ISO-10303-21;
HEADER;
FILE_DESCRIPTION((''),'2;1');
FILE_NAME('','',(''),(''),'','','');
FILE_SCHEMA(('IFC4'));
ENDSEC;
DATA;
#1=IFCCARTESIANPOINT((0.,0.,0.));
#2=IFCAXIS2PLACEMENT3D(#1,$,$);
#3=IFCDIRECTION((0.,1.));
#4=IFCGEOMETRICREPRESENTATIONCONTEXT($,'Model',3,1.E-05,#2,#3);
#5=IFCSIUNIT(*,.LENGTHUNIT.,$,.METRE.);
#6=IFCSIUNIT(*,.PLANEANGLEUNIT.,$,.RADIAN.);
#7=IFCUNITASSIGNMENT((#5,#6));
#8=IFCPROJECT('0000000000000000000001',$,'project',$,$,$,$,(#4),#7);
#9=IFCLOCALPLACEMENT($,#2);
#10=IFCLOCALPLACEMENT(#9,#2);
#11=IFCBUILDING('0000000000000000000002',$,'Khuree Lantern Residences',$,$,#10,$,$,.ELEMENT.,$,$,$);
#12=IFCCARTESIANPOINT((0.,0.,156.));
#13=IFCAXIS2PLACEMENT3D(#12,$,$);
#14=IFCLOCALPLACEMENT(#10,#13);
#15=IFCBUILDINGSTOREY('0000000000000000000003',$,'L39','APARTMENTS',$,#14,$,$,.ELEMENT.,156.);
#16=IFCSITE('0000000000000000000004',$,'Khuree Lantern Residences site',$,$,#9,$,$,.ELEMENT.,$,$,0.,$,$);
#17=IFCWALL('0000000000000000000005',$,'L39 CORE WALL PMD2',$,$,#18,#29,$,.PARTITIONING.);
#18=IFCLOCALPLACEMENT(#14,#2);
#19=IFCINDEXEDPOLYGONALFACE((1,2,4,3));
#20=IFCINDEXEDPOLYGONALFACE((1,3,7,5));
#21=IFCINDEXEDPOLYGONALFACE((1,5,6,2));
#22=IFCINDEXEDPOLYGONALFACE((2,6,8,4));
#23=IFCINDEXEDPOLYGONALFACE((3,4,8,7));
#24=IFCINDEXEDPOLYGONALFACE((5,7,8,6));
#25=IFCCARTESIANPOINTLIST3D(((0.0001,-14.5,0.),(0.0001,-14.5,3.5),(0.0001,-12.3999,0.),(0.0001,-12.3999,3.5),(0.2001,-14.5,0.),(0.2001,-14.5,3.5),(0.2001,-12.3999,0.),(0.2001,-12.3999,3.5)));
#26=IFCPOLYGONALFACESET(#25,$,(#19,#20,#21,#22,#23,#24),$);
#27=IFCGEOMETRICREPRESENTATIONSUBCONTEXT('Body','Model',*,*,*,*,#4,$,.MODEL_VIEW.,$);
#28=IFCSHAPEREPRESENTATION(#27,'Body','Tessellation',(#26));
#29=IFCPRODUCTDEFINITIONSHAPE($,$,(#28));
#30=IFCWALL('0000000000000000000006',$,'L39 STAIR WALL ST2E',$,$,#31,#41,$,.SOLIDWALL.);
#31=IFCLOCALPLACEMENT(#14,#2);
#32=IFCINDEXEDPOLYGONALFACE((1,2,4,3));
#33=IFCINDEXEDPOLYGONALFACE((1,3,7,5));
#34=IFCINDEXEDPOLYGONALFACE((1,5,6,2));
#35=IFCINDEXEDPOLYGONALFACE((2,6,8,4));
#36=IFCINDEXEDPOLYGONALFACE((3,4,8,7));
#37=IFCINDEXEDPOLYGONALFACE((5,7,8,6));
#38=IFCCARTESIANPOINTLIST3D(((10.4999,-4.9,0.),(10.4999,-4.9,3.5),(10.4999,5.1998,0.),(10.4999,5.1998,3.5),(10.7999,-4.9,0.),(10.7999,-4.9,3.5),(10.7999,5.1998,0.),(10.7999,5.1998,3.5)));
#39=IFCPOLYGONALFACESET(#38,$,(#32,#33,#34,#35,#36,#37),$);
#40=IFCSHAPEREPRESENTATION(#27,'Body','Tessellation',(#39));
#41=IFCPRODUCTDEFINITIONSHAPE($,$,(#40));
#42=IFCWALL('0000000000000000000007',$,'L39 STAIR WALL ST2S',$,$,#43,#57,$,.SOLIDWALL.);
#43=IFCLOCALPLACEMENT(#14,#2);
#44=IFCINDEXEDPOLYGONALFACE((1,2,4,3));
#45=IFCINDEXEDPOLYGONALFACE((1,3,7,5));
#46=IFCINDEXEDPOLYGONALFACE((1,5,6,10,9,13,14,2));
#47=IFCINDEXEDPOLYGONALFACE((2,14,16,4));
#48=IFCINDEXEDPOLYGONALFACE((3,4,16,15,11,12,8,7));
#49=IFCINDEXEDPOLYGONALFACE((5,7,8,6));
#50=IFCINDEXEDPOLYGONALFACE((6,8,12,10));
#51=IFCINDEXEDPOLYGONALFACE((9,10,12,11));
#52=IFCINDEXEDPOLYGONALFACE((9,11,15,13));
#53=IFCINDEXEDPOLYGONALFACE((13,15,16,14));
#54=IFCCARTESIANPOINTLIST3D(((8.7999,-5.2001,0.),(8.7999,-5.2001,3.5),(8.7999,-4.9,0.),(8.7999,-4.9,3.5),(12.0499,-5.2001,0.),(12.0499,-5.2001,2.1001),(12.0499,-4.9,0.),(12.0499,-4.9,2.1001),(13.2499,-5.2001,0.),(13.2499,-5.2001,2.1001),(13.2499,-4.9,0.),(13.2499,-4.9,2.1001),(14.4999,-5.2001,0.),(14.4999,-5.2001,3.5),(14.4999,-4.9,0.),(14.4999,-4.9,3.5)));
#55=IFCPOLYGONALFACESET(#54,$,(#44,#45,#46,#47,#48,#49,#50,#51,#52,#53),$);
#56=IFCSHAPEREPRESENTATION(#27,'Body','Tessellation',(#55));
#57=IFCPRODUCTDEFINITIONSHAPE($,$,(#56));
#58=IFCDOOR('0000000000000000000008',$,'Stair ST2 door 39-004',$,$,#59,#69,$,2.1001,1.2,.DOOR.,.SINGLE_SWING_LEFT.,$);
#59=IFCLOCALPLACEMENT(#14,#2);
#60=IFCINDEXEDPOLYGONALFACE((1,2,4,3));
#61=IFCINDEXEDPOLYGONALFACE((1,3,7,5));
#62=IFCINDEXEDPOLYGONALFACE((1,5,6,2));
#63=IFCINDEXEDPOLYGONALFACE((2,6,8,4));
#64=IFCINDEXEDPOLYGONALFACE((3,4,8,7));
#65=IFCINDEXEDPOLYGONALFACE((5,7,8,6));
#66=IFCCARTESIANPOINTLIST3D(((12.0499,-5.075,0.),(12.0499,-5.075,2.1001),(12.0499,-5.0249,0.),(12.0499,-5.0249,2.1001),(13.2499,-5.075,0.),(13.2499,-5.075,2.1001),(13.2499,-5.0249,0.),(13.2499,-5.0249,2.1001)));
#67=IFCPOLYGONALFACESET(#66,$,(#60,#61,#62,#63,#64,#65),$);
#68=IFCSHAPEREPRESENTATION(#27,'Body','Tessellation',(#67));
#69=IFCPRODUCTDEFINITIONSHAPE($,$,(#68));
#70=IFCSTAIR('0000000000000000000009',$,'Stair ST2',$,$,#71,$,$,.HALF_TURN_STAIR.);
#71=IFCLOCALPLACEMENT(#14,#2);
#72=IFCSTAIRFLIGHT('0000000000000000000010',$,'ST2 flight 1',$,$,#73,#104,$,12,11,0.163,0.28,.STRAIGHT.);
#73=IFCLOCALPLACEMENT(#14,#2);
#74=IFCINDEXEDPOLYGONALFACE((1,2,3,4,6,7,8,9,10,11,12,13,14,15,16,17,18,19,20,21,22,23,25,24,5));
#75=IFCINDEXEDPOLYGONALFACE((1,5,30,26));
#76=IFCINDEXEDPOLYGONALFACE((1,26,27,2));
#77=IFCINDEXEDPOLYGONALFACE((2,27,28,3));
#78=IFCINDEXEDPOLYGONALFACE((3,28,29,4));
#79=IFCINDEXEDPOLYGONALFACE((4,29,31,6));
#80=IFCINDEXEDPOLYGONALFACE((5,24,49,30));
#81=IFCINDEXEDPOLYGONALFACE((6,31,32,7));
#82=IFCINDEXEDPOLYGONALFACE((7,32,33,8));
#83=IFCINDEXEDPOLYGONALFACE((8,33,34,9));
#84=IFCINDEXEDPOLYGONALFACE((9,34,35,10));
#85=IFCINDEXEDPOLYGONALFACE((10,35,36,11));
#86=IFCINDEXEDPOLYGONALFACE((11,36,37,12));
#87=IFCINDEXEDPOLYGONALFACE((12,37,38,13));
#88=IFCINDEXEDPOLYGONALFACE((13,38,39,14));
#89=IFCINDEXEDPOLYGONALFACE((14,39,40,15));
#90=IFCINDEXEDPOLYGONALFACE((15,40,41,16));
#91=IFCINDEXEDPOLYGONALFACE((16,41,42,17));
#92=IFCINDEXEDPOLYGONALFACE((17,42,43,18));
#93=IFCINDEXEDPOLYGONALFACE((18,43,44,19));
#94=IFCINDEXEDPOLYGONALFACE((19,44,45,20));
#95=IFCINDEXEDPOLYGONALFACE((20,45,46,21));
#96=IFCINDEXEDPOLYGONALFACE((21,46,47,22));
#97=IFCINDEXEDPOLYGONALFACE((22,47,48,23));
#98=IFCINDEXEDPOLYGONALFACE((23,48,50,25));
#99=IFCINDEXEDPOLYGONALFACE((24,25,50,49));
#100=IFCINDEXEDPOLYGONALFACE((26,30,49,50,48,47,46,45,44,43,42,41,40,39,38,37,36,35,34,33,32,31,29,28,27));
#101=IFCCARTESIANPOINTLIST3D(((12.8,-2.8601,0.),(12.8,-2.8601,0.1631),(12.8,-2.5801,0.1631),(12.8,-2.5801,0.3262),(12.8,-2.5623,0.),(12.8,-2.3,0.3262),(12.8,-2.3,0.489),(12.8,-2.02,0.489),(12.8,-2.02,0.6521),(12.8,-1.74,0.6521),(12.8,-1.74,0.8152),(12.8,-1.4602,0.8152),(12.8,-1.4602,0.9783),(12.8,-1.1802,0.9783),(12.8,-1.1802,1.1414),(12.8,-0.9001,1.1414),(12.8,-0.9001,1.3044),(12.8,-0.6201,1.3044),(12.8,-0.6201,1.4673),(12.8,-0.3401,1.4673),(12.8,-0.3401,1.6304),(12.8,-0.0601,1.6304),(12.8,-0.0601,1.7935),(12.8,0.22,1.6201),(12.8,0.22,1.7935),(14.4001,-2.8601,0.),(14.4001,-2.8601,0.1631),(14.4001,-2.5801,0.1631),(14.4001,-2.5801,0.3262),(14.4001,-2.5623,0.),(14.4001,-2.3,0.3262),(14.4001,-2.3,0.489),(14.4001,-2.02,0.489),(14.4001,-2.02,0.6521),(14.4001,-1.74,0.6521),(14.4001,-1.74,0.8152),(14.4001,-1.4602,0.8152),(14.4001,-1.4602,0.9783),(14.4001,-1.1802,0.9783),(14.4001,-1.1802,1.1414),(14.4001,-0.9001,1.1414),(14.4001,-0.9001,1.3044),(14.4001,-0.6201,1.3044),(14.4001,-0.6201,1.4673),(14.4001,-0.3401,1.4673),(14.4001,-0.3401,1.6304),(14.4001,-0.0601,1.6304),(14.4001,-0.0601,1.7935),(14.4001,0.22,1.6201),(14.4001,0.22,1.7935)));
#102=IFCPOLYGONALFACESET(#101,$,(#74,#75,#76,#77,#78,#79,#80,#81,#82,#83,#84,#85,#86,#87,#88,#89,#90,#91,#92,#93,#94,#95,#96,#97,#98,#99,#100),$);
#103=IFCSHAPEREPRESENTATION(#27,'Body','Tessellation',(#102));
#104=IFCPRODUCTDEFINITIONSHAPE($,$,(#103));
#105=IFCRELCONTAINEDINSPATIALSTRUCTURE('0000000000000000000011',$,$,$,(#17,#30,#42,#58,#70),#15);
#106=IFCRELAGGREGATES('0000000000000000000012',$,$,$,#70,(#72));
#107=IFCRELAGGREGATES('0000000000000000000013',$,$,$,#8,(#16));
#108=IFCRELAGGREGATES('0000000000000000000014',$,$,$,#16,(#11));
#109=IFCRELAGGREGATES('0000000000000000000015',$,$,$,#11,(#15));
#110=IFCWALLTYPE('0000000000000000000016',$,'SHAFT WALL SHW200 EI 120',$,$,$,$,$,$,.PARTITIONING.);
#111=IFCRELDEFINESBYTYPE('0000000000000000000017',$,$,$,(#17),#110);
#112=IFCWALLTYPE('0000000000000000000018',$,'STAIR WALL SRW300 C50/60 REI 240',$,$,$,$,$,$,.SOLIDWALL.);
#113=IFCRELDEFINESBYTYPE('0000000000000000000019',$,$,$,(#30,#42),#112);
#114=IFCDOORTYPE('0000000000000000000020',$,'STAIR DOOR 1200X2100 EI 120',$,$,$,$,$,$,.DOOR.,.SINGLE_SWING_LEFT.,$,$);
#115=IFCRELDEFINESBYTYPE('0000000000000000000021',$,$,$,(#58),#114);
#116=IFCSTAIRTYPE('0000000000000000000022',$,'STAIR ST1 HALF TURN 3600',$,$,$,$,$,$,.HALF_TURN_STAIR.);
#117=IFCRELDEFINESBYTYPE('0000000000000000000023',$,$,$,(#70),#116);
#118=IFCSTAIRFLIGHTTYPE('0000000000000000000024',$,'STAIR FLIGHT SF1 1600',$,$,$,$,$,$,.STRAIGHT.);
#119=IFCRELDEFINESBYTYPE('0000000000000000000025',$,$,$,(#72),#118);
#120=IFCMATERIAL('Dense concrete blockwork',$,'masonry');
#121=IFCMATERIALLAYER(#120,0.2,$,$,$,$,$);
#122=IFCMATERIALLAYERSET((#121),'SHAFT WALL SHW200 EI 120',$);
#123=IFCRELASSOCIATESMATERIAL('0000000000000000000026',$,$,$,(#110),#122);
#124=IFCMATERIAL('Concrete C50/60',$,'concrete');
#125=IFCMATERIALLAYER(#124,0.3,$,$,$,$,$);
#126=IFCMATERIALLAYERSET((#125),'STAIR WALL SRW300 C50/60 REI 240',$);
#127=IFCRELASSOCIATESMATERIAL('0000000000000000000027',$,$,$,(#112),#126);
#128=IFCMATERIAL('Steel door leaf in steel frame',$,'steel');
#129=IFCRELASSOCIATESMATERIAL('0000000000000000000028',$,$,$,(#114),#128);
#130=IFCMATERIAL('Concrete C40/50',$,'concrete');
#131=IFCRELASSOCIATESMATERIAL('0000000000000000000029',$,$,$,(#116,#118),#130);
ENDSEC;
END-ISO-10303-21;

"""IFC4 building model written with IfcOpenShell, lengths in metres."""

from ifc_helpers import new_model, si_unit, direction, frame, frame_2d, origin, place, context, subcontext, project, spatial, polyline, rectangle, outline, extrude, material, layer, layer_set, type_object, element, fill, aggregate, save


model = new_model("IFC4")

# Units and contexts
model_context = context("Model", 3, precision=1e-05, world=origin(), true_north=direction((0.0, 1.0)))
body_context = subcontext(model_context, "Body", "Model", "MODEL_VIEW")
ifc_project = project(units=[si_unit("LENGTHUNIT", "METRE"), si_unit("PLANEANGLEUNIT", "RADIAN")], contexts=[model_context])

# Site, building, storey
site_placement = place(None, origin())
site = spatial("IfcSite", under=ifc_project, at=site_placement, Name="Khuree Lantern Residences site", CompositionType="ELEMENT", RefElevation=0.0)
building_placement = place(site_placement, origin())
building = spatial("IfcBuilding", under=site, at=building_placement, Name="Khuree Lantern Residences", CompositionType="ELEMENT")
storey_placement = place(building_placement, frame((0.0, 0.0, 156.0)))
storey = spatial("IfcBuildingStorey", under=building, at=storey_placement, Name="L39", Description="APARTMENTS", CompositionType="ELEMENT", Elevation=156.0)

# Shared definitions
ifc_material_1 = material(Name="Dense concrete blockwork", Category="masonry")

# Shared definitions
ifc_material_2 = material(Name="Steel door leaf in steel frame", Category="steel")

# Walls
ifc_layer_1 = layer(ifc_material_1, 0.2)
ifc_layer_set_1 = layer_set([ifc_layer_1], Name="SHAFT WALL SHW200 EI 120")
wall_type_1 = type_object("IfcWallType", Name="SHAFT WALL SHW200 EI 120", PredefinedType="PARTITIONING", material=ifc_layer_set_1)
wall_1_placement = place(storey_placement, frame((0.1001, -14.5, 0.0), z_axis=(0.0, 0.0, 1.0), x_axis=(0.0, 1.0, 0.0)))
element("IfcWall", 1, at=wall_1_placement, inside=storey, type_object=wall_type_1, Name="L39 CORE WALL PMD2", PredefinedType="PARTITIONING", context=body_context, shape_type="SweptSolid", body=[
    extrude(rectangle(XDim=2.1001, YDim=0.2, at=frame_2d((1.05, 0.0))), origin(), (0.0, 0.0, 1.0), 3.5),
])
ifc_material_3 = material(Name="Concrete C50/60", Category="concrete")
ifc_layer_2 = layer(ifc_material_3, 0.3)
ifc_layer_set_2 = layer_set([ifc_layer_2], Name="STAIR WALL SRW300 C50/60 REI 240")
wall_type_2 = type_object("IfcWallType", Name="STAIR WALL SRW300 C50/60 REI 240", PredefinedType="SOLIDWALL", material=ifc_layer_set_2)
wall_2_placement = place(storey_placement, frame((10.6499, -4.8999, 0.0), z_axis=(0.0, 0.0, 1.0), x_axis=(0.0, 1.0, 0.0)))
element("IfcWall", 2, at=wall_2_placement, inside=storey, type_object=wall_type_2, Name="L39 STAIR WALL ST2E", PredefinedType="SOLIDWALL", context=body_context, shape_type="SweptSolid", body=[
    extrude(rectangle(XDim=10.0999, YDim=0.3, at=frame_2d((5.0498, 0.0))), origin(), (0.0, 0.0, 1.0), 3.5),
])

# Wall, opening, door
wall_3_placement = place(storey_placement, frame((14.5, -5.05, 0.0), z_axis=(0.0, 0.0, 1.0), x_axis=(-1.0, 0.0, 0.0)))
wall_3 = element("IfcWall", 3, at=wall_3_placement, inside=storey, type_object=wall_type_2, Name="L39 STAIR WALL ST2S", PredefinedType="SOLIDWALL", context=body_context, shape_type="SweptSolid", body=[
    extrude(rectangle(XDim=5.7, YDim=0.3, at=frame_2d((2.8501, 0.0))), origin(), (0.0, 0.0, 1.0), 3.5),
])
opening_1_placement = place(wall_3_placement, frame((1.25, 0.0, 0.0)))
opening_1 = element("IfcOpeningElement", 4, at=opening_1_placement, cuts=wall_3, PredefinedType="OPENING", context=body_context, shape_type="SweptSolid", body=[
    extrude(rectangle(XDim=1.2, YDim=2.1001, at=frame_2d((0.6001, 1.05))), frame((0.0, 0.1602, 0.0), z_axis=(0.0, -1.0, 0.0), x_axis=(1.0, 0.0, 0.0)), (0.0, 0.0, 1.0), 0.3201),
])
door_type_1 = type_object("IfcDoorType", Name="STAIR DOOR 1200X2100 EI 120", OperationType="SINGLE_SWING_LEFT", PredefinedType="DOOR", material=ifc_material_2)
door_1_placement = place(opening_1_placement, origin())
door_1 = element("IfcDoor", 5, at=door_1_placement, inside=storey, type_object=door_type_1, Name="Stair ST2 door 39-004", OperationType="SINGLE_SWING_LEFT", OverallHeight=2.1001, OverallWidth=1.2, PredefinedType="DOOR", context=body_context, shape_type="SweptSolid", body=[
    extrude(rectangle(XDim=1.2, YDim=2.1001, at=frame_2d((0.6001, 1.05))), frame((0.0, 0.0249, 0.0), z_axis=(0.0, -1.0, 0.0), x_axis=(1.0, 0.0, 0.0)), (0.0, 0.0, 1.0), 0.05),
])
fill(opening_1, door_1)

# Stair, stair flight
ifc_material_4 = material(Name="Concrete C40/50", Category="concrete")
stair_type = type_object("IfcStairType", Name="STAIR ST1 HALF TURN 3600", PredefinedType="HALF_TURN_STAIR", material=ifc_material_4)
stair_placement = place(storey_placement, origin())
stair = element("IfcStair", 6, at=stair_placement, inside=storey, type_object=stair_type, Name="Stair ST2", PredefinedType="HALF_TURN_STAIR")
stair_flight_type = type_object("IfcStairFlightType", Name="STAIR FLIGHT SF1 1600", PredefinedType="STRAIGHT", material=ifc_material_4)
stair_flight_placement = place(storey_placement, frame((13.6001, -2.8601, 0.0), z_axis=(0.0, 0.0, 1.0), x_axis=(0.0, 1.0, 0.0)))
stair_flight = element("IfcStairFlight", 7, at=stair_flight_placement, type_object=stair_flight_type, Name="ST2 flight 1", NumberOfRisers=12, NumberOfTreads=11, PredefinedType="STRAIGHT", RiserHeight=0.163, TreadLength=0.28, context=body_context, shape_type="SweptSolid", body=[
    extrude(outline(polyline([(0.0, 0.0), (0.0, 0.1631), (0.28, 0.1631), (0.28, 0.3262), (0.5601, 0.3262), (0.5601, 0.489), (0.8401, 0.489), (0.8401, 0.6521), (1.1201, 0.6521), (1.1201, 0.8152), (1.3999, 0.8152), (1.3999, 0.9783), (1.6799, 0.9783), (1.6799, 1.1414), (1.96, 1.1414), (1.96, 1.3044), (2.24, 1.3044), (2.24, 1.4673), (2.52, 1.4673), (2.52, 1.6304), (2.8, 1.6304), (2.8, 1.7935), (3.0801, 1.7935), (3.0801, 1.9565), (3.0801, 1.6201), (0.2979, 0.0), (0.0, 0.0)])), frame((0.0, 0.8, 0.0), z_axis=(0.0, -1.0, 0.0), x_axis=(1.0, 0.0, 0.0)), (0.0, 0.0, 1.0), 1.6001),
])
aggregate(stair, [stair_flight])

save(model, "model.ifc")
